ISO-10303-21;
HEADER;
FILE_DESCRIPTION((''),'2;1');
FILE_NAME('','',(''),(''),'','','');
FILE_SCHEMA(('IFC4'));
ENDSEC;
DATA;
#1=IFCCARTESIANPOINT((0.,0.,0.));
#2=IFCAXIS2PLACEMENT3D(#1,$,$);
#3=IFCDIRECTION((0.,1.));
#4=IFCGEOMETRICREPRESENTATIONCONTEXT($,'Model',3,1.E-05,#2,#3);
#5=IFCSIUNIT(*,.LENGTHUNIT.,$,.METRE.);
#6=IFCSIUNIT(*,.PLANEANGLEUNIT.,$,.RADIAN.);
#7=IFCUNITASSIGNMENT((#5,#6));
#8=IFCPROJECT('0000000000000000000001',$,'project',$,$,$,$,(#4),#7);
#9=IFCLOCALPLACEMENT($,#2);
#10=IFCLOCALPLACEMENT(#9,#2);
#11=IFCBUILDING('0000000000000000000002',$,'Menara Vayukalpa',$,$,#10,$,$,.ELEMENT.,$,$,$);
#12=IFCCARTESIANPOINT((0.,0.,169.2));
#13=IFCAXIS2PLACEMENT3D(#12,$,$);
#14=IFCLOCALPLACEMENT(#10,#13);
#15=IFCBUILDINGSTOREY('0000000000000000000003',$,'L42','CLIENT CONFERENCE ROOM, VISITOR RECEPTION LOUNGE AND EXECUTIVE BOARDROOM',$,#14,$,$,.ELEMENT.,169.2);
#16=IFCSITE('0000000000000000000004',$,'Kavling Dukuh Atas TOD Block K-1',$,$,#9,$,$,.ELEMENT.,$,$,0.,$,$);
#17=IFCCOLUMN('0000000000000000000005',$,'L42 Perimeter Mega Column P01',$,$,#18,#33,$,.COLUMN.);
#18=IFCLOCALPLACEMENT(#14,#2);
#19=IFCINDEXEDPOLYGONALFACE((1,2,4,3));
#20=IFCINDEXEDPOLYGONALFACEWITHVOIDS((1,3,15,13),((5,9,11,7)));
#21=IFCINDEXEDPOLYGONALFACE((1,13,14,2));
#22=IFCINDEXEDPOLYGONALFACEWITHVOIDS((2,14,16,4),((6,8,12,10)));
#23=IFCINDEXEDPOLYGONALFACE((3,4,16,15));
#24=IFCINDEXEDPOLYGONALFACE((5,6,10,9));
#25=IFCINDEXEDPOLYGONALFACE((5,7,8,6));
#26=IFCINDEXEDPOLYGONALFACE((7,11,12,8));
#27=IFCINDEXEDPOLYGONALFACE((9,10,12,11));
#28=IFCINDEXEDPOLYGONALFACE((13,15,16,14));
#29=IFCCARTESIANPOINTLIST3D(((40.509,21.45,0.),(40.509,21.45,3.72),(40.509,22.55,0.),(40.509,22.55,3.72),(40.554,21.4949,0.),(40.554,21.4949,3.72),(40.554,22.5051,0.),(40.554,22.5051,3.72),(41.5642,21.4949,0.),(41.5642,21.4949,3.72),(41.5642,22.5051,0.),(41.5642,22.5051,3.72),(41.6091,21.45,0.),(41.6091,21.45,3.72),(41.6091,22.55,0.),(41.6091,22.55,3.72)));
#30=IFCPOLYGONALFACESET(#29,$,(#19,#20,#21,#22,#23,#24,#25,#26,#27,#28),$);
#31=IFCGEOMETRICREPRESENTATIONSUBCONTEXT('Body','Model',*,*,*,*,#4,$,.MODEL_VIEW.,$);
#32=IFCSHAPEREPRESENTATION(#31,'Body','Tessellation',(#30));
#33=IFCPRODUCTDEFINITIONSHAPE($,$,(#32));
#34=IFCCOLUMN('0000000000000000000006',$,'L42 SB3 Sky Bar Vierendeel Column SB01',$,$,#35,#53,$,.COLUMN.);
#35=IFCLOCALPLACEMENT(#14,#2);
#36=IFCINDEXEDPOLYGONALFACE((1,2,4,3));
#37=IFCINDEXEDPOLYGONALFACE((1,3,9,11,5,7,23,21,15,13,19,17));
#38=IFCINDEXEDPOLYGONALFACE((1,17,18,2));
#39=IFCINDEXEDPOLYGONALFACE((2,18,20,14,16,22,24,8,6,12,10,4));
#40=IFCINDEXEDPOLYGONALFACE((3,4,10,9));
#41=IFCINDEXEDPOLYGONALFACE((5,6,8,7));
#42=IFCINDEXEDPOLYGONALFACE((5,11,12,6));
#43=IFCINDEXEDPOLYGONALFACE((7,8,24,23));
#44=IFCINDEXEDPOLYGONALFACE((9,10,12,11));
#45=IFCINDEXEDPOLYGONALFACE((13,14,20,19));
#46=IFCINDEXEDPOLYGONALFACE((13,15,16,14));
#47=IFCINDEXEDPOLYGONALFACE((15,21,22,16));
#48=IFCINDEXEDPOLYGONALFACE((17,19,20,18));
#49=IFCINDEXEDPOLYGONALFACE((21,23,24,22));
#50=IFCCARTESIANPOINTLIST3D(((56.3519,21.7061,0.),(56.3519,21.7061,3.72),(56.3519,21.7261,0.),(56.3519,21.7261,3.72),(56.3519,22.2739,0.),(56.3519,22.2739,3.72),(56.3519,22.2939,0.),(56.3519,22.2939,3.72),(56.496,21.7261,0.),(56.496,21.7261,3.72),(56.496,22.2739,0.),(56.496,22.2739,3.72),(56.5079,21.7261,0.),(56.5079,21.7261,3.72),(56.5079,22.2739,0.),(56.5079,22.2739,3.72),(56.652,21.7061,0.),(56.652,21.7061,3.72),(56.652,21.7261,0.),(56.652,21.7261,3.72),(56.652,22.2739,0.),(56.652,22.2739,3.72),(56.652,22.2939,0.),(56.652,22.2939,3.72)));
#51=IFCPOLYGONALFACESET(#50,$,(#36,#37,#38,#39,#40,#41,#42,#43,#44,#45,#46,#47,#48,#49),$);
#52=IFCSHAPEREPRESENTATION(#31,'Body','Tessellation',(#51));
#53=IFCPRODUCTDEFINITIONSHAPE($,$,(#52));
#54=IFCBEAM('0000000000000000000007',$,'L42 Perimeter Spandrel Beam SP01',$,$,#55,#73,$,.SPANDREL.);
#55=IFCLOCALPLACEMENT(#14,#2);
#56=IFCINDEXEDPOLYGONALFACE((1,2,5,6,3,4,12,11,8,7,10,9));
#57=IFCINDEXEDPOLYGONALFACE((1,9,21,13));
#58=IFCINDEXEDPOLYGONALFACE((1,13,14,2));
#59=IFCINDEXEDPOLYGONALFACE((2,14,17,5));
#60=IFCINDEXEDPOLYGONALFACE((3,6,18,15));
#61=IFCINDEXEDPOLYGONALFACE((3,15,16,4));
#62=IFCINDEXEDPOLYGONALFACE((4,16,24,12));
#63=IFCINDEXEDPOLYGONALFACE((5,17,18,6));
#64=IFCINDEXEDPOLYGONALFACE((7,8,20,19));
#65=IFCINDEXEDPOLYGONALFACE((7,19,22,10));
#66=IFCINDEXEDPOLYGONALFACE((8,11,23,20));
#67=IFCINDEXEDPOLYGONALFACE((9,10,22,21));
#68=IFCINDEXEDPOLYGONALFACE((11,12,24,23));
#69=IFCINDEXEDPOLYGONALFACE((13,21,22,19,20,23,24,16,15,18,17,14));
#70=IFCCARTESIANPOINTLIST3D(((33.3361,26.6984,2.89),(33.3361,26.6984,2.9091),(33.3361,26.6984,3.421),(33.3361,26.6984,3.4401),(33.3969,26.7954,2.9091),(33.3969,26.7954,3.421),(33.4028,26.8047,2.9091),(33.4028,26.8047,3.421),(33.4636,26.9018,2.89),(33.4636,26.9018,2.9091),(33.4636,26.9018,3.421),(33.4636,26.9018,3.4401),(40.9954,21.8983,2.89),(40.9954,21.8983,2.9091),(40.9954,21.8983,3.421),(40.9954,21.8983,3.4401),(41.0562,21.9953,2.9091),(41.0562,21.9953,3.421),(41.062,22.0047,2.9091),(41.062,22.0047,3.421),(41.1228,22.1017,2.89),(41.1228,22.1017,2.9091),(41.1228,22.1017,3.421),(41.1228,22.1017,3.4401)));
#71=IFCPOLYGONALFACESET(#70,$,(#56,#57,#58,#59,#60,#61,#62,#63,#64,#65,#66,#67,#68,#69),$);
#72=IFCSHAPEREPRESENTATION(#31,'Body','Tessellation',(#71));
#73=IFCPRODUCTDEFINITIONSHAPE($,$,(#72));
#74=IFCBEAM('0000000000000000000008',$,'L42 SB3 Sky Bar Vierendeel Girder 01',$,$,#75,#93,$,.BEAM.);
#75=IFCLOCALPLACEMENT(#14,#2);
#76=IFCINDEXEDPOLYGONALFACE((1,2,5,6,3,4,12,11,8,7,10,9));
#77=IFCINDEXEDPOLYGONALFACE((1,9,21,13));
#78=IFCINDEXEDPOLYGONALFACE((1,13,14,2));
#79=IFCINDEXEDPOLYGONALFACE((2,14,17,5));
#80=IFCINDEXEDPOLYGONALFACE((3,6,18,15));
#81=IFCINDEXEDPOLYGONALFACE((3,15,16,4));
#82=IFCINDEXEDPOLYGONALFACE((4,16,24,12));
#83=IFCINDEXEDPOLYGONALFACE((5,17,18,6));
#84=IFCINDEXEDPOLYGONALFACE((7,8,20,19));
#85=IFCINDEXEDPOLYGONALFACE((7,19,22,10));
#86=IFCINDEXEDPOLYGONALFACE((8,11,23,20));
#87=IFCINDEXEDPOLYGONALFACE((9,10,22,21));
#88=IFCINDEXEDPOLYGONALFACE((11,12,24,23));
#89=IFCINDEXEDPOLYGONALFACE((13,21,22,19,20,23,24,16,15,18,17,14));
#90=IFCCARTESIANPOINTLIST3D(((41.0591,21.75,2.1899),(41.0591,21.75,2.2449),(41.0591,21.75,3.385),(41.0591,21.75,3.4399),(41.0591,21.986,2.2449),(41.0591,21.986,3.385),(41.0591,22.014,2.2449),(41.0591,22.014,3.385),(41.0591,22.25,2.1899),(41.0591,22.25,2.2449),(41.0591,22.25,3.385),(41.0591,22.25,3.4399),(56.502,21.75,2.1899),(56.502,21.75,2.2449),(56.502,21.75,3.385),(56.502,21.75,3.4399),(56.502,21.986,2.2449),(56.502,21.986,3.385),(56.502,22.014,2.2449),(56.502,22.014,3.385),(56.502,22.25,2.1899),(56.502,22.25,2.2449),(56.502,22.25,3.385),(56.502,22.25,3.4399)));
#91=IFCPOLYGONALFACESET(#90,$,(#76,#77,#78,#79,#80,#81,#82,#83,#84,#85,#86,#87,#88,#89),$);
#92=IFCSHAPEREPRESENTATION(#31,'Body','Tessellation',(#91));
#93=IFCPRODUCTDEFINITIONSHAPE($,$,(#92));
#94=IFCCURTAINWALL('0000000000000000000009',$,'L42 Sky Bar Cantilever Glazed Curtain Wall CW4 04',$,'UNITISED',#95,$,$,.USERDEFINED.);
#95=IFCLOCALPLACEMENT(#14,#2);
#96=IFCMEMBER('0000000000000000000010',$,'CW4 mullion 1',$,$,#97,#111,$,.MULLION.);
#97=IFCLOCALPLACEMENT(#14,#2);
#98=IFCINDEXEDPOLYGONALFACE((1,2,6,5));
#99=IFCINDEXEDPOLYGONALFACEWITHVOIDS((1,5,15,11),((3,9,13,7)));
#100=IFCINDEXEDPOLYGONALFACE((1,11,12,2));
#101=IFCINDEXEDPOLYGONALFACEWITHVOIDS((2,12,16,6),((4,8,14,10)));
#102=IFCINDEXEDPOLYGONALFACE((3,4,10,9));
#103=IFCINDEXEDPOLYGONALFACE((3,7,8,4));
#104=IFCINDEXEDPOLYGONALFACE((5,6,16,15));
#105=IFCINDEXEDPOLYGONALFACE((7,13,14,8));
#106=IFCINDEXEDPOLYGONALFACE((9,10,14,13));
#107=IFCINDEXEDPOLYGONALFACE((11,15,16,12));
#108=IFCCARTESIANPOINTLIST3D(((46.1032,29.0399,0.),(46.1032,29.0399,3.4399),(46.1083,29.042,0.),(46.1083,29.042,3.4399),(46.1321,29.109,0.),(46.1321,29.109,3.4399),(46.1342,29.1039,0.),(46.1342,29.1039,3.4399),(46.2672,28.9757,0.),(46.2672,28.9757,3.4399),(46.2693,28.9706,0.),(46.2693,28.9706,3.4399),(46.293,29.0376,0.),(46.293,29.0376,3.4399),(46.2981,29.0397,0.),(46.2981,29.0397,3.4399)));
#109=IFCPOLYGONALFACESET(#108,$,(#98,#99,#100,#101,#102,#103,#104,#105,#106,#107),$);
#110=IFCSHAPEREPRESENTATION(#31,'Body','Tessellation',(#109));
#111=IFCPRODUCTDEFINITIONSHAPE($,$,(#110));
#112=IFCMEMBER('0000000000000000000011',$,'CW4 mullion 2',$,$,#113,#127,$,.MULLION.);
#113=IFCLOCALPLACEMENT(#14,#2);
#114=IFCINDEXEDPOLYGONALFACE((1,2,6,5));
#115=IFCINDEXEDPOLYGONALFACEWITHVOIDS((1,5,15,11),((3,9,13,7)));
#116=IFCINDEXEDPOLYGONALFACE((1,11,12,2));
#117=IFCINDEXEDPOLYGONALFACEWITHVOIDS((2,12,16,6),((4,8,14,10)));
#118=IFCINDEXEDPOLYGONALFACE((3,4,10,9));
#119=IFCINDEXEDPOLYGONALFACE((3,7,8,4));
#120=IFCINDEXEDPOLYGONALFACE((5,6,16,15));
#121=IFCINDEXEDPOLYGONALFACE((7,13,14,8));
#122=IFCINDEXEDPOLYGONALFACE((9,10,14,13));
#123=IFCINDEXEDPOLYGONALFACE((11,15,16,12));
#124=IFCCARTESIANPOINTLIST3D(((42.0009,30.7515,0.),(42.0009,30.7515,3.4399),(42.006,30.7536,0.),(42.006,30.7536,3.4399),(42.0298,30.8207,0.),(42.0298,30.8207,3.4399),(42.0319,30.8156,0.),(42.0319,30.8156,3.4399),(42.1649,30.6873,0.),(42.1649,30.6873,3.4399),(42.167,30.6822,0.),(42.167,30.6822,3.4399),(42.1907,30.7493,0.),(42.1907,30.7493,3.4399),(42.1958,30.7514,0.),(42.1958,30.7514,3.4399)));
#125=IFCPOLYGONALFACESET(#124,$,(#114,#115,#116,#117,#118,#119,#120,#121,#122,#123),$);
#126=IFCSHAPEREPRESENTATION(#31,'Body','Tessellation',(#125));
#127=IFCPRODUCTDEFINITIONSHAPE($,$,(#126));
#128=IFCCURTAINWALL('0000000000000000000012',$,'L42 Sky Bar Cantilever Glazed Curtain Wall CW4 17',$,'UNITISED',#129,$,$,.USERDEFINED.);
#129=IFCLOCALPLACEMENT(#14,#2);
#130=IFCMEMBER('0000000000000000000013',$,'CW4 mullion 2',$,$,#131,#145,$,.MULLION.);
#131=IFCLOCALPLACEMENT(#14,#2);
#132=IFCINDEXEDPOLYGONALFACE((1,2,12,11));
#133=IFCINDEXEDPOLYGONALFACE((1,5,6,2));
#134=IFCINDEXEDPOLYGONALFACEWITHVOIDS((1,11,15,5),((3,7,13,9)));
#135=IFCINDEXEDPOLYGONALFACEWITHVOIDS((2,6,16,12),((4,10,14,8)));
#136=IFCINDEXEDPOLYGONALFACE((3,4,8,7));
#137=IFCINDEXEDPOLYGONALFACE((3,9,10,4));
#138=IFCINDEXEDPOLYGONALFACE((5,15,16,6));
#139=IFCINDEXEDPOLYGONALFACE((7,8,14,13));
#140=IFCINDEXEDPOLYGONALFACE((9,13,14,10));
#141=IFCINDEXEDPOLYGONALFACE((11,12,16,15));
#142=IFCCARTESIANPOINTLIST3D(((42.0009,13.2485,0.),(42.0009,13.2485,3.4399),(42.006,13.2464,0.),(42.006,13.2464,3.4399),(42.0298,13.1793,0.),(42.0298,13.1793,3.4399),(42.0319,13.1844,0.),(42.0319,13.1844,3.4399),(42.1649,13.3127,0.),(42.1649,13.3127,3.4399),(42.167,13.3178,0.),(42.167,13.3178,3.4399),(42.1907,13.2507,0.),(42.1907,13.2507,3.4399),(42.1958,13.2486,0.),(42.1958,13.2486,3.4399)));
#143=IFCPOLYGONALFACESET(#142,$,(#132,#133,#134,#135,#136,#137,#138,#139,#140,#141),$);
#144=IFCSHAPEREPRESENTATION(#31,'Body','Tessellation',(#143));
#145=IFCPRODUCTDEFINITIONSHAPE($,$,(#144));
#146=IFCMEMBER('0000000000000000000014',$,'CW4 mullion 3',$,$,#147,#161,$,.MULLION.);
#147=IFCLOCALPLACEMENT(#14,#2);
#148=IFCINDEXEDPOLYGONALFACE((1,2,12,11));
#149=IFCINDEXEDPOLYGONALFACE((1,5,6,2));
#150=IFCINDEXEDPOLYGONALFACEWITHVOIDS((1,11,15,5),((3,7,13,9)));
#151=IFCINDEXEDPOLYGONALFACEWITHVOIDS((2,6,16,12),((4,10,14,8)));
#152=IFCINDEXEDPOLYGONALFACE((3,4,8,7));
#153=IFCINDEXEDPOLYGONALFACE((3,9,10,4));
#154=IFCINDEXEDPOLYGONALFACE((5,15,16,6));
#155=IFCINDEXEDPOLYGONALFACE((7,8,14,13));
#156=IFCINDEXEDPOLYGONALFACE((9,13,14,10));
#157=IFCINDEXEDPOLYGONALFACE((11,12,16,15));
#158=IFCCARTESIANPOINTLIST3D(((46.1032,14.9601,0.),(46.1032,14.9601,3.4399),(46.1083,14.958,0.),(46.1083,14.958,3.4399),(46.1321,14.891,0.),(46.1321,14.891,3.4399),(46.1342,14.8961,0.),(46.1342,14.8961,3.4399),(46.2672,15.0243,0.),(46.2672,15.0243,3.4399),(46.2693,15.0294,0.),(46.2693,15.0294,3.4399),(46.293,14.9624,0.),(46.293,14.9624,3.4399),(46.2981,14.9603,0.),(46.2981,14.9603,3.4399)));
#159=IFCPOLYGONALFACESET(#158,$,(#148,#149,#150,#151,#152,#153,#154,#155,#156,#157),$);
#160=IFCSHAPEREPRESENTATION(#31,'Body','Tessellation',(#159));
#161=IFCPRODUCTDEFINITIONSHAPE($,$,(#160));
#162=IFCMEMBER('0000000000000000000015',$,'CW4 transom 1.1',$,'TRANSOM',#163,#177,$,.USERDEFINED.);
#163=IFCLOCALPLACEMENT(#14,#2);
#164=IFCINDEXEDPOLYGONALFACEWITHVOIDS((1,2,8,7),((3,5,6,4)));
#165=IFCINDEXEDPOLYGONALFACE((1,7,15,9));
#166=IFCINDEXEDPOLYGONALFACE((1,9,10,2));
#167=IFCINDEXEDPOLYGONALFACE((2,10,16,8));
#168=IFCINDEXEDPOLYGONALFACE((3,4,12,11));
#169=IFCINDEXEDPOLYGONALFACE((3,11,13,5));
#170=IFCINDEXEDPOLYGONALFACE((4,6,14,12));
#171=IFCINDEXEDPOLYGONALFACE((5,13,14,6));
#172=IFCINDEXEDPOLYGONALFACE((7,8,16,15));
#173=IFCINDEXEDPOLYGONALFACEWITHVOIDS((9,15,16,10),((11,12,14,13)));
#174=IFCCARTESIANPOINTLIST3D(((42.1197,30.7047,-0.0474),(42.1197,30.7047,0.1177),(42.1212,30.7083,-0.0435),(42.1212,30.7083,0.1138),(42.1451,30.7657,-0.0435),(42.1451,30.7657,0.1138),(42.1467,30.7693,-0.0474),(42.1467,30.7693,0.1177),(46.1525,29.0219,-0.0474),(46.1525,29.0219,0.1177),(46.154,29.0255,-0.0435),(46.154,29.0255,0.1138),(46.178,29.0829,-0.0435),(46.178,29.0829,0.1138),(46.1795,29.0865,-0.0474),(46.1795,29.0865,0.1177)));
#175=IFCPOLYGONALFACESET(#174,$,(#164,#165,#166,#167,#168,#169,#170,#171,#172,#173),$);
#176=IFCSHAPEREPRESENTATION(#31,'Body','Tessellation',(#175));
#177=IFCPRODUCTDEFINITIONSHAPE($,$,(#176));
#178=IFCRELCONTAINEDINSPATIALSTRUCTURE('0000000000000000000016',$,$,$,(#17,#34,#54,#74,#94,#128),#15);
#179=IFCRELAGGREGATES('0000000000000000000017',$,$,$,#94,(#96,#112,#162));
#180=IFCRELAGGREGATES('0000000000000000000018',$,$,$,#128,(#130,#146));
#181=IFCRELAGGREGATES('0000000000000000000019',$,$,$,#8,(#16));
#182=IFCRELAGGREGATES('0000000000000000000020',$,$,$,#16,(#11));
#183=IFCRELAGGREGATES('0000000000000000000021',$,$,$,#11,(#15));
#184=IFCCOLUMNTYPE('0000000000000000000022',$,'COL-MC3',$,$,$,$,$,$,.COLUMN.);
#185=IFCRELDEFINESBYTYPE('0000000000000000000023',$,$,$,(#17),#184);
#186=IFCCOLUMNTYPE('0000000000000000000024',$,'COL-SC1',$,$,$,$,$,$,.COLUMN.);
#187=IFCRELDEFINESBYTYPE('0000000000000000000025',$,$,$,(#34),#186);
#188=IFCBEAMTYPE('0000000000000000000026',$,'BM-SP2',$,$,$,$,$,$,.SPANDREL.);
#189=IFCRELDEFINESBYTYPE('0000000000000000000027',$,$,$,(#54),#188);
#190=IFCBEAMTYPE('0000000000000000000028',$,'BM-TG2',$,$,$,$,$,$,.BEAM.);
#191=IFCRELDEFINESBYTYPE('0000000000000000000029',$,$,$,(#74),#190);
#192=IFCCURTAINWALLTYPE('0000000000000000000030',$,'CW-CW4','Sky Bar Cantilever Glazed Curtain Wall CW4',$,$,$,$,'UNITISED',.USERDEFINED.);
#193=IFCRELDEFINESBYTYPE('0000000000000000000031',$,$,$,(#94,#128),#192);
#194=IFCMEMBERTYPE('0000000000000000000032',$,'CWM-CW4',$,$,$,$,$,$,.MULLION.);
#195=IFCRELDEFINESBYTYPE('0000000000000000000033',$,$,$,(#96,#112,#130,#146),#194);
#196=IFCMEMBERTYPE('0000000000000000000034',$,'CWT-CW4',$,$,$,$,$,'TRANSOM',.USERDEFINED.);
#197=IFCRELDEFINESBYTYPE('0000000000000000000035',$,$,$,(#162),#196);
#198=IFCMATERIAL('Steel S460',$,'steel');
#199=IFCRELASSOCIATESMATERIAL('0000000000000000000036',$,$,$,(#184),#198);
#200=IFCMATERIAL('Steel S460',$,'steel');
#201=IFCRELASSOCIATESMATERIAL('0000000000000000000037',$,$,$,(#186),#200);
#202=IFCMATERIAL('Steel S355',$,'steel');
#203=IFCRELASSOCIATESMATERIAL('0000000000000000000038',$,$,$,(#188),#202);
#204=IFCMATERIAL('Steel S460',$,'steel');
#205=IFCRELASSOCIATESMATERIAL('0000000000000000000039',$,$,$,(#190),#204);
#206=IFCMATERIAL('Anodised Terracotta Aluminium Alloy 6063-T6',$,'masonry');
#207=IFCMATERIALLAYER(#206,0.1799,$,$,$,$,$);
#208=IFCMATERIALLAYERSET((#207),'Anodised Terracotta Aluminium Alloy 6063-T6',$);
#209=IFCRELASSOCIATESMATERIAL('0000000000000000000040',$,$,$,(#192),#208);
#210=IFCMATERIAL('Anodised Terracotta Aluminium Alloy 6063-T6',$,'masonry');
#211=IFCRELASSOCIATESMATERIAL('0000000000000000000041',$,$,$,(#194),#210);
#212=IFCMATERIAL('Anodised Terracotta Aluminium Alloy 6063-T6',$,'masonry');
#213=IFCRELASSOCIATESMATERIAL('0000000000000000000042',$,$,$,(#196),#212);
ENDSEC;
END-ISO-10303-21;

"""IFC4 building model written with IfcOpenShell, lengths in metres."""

from ifc_helpers import new_model, si_unit, direction, frame, origin, origin_2d, place, context, subcontext, project, spatial, hollow_rectangle, i_section, extrude, material, layer, layer_set, material_profile, profile_set, type_object, element, aggregate, save


model = new_model("IFC4")

# Units and contexts
model_context = context("Model", 3, precision=1e-05, world=origin(), true_north=direction((0.0, 1.0)))
body_context = subcontext(model_context, "Body", "Model", "MODEL_VIEW")
ifc_project = project(units=[si_unit("LENGTHUNIT", "METRE"), si_unit("PLANEANGLEUNIT", "RADIAN")], contexts=[model_context])

# Site, building, storey
site_placement = place(None, origin())
site = spatial("IfcSite", under=ifc_project, at=site_placement, Name="Kavling Dukuh Atas TOD Block K-1", CompositionType="ELEMENT", RefElevation=0.0)
building_placement = place(site_placement, origin())
building = spatial("IfcBuilding", under=site, at=building_placement, Name="Menara Vayukalpa", CompositionType="ELEMENT")
storey_placement = place(building_placement, frame((0.0, 0.0, 169.2)))
storey = spatial("IfcBuildingStorey", under=building, at=storey_placement, Name="L42", Description="CLIENT CONFERENCE ROOM, VISITOR RECEPTION LOUNGE AND EXECUTIVE BOARDROOM", CompositionType="ELEMENT", Elevation=169.2)

# Columns
ifc_material_1 = material(Name="Steel S460", Category="steel")
ifc_material_profile_1 = material_profile(ifc_material_1, hollow_rectangle(XDim=1.1001, YDim=1.1001, WallThickness=0.0449, at=origin_2d()), Name="BOX 1100x1100x45")
ifc_profile_set_1 = profile_set([ifc_material_profile_1], Name="Steel S460")
column_type_1 = type_object("IfcColumnType", Name="COL-MC3", PredefinedType="COLUMN", material=ifc_profile_set_1)
column_1_placement = place(storey_placement, frame((41.0591, 22.0, 0.0), z_axis=(0.0, 0.0, 1.0), x_axis=(1.0, 0.0, 0.0)))
element("IfcColumn", 1, at=column_1_placement, inside=storey, type_object=column_type_1, Name="L42 Perimeter Mega Column P01", PredefinedType="COLUMN", context=body_context, shape_type="SweptSolid", body=[
    extrude(hollow_rectangle(XDim=1.1001, YDim=1.1001, WallThickness=0.0449, at=origin_2d()), origin(), (0.0, 0.0, 1.0), 3.72),
])
ifc_material_2 = material(Name="Steel S460", Category="steel")
ifc_material_profile_2 = material_profile(ifc_material_2, i_section(OverallWidth=0.3, OverallDepth=0.5879, WebThickness=0.012, FlangeThickness=0.02, at=origin_2d()), Name="H 588x300x12x20")
ifc_profile_set_2 = profile_set([ifc_material_profile_2], Name="Steel S460")
column_type_2 = type_object("IfcColumnType", Name="COL-SC1", PredefinedType="COLUMN", material=ifc_profile_set_2)
column_2_placement = place(storey_placement, frame((56.502, 22.0, 0.0), z_axis=(0.0, 0.0, 1.0), x_axis=(1.0, 0.0, 0.0)))
element("IfcColumn", 2, at=column_2_placement, inside=storey, type_object=column_type_2, Name="L42 SB3 Sky Bar Vierendeel Column SB01", PredefinedType="COLUMN", context=body_context, shape_type="SweptSolid", body=[
    extrude(i_section(OverallWidth=0.3, OverallDepth=0.5879, WebThickness=0.012, FlangeThickness=0.02, at=origin_2d()), origin(), (0.0, 0.0, 1.0), 3.72),
])

# Beams
ifc_material_3 = material(Name="Steel S355", Category="steel")
ifc_material_profile_3 = material_profile(ifc_material_3, i_section(OverallWidth=0.24, OverallDepth=0.55, WebThickness=0.011, FlangeThickness=0.019, at=origin_2d()), Name="WF 550x240x11x19")
ifc_profile_set_3 = profile_set([ifc_material_profile_3], Name="Steel S355")
beam_type_1 = type_object("IfcBeamType", Name="BM-SP2", PredefinedType="SPANDREL", material=ifc_profile_set_3)
beam_1_placement = place(storey_placement, frame((41.0591, 22.0, 3.165), z_axis=(-0.847348, 0.531038, 0.0), x_axis=(-0.531038, -0.847348, 0.0)))
element("IfcBeam", 3, at=beam_1_placement, inside=storey, type_object=beam_type_1, Name="L42 Perimeter Spandrel Beam SP01", PredefinedType="SPANDREL", context=body_context, shape_type="SweptSolid", body=[
    extrude(i_section(OverallWidth=0.24, OverallDepth=0.55, WebThickness=0.011, FlangeThickness=0.019, at=origin_2d()), origin(), (0.0, 0.0, 1.0), 9.0391),
])
ifc_material_4 = material(Name="Steel S460", Category="steel")
ifc_material_profile_4 = material_profile(ifc_material_4, i_section(OverallWidth=0.5, OverallDepth=1.25, WebThickness=0.0281, FlangeThickness=0.0549, at=origin_2d()), Name="WG 1250x500x28x55")
ifc_profile_set_4 = profile_set([ifc_material_profile_4], Name="Steel S460")
beam_type_2 = type_object("IfcBeamType", Name="BM-TG2", PredefinedType="BEAM", material=ifc_profile_set_4)
beam_2_placement = place(storey_placement, frame((41.0591, 22.0, 2.8149), z_axis=(1.0, 0.0, 0.0), x_axis=(0.0, 1.0, 0.0)))
element("IfcBeam", 4, at=beam_2_placement, inside=storey, type_object=beam_type_2, Name="L42 SB3 Sky Bar Vierendeel Girder 01", PredefinedType="BEAM", context=body_context, shape_type="SweptSolid", body=[
    extrude(i_section(OverallWidth=0.5, OverallDepth=1.25, WebThickness=0.0281, FlangeThickness=0.0549, at=origin_2d()), origin(), (0.0, 0.0, 1.0), 15.4429),
])

# Curtain walls, members
ifc_material_5 = material(Name="Anodised Terracotta Aluminium Alloy 6063-T6", Category="masonry")
ifc_layer_1 = layer(ifc_material_5, 0.1799)
ifc_layer_set_1 = layer_set([ifc_layer_1], Name="Anodised Terracotta Aluminium Alloy 6063-T6")
curtain_wall_type = type_object("IfcCurtainWallType", Name="CW-CW4", Description="Sky Bar Cantilever Glazed Curtain Wall CW4", ElementType="UNITISED", PredefinedType="USERDEFINED", material=ifc_layer_set_1)
curtain_wall_1_placement = place(storey_placement, origin())
curtain_wall_1 = element("IfcCurtainWall", 5, at=curtain_wall_1_placement, inside=storey, type_object=curtain_wall_type, Name="L42 Sky Bar Cantilever Glazed Curtain Wall CW4 04", ObjectType="UNITISED", PredefinedType="USERDEFINED")
ifc_material_6 = material(Name="Anodised Terracotta Aluminium Alloy 6063-T6", Category="masonry")
ifc_material_profile_5 = material_profile(ifc_material_6, hollow_rectangle(XDim=0.075, YDim=0.1799, WallThickness=0.0039, at=origin_2d()), Name="ALU 75x180x4")
ifc_profile_set_5 = profile_set([ifc_material_profile_5], Name="Anodised Terracotta Aluminium Alloy 6063-T6")
member_type_1 = type_object("IfcMemberType", Name="CWM-CW4", PredefinedType="MULLION", material=ifc_profile_set_5)
member_1_placement = place(storey_placement, frame((46.2007, 29.0398, 0.0), z_axis=(0.0, 0.0, 1.0), x_axis=(-0.385091, -0.922878, 0.0)))
member_1 = element("IfcMember", 6, at=member_1_placement, type_object=member_type_1, Name="CW4 mullion 1", PredefinedType="MULLION", context=body_context, shape_type="SweptSolid", body=[
    extrude(hollow_rectangle(XDim=0.075, YDim=0.1799, WallThickness=0.0039, at=origin_2d()), origin(), (0.0, 0.0, 1.0), 3.4399),
])
member_2_placement = place(storey_placement, frame((42.0984, 30.7515, 0.0), z_axis=(0.0, 0.0, 1.0), x_axis=(-0.385091, -0.922878, 0.0)))
member_2 = element("IfcMember", 7, at=member_2_placement, type_object=member_type_1, Name="CW4 mullion 2", PredefinedType="MULLION", context=body_context, shape_type="SweptSolid", body=[
    extrude(hollow_rectangle(XDim=0.075, YDim=0.1799, WallThickness=0.0039, at=origin_2d()), origin(), (0.0, 0.0, 1.0), 3.4399),
])
curtain_wall_2_placement = place(storey_placement, origin())
curtain_wall_2 = element("IfcCurtainWall", 8, at=curtain_wall_2_placement, inside=storey, type_object=curtain_wall_type, Name="L42 Sky Bar Cantilever Glazed Curtain Wall CW4 17", ObjectType="UNITISED", PredefinedType="USERDEFINED")
member_3_placement = place(storey_placement, frame((42.0984, 13.2485, 0.0), z_axis=(0.0, 0.0, 1.0), x_axis=(-0.385091, 0.922878, 0.0)))
member_3 = element("IfcMember", 9, at=member_3_placement, type_object=member_type_1, Name="CW4 mullion 2", PredefinedType="MULLION", context=body_context, shape_type="SweptSolid", body=[
    extrude(hollow_rectangle(XDim=0.075, YDim=0.1799, WallThickness=0.0039, at=origin_2d()), origin(), (0.0, 0.0, 1.0), 3.4399),
])
member_4_placement = place(storey_placement, frame((46.2007, 14.9602, 0.0), z_axis=(0.0, 0.0, 1.0), x_axis=(-0.385091, 0.922878, 0.0)))
member_4 = element("IfcMember", 10, at=member_4_placement, type_object=member_type_1, Name="CW4 mullion 3", PredefinedType="MULLION", context=body_context, shape_type="SweptSolid", body=[
    extrude(hollow_rectangle(XDim=0.075, YDim=0.1799, WallThickness=0.0039, at=origin_2d()), origin(), (0.0, 0.0, 1.0), 3.4399),
])

# Member
ifc_material_7 = material(Name="Anodised Terracotta Aluminium Alloy 6063-T6", Category="masonry")
ifc_material_profile_6 = material_profile(ifc_material_7, hollow_rectangle(XDim=0.0701, YDim=0.165, WallThickness=0.0039, at=origin_2d()), Name="ALU 70x165x4")
ifc_profile_set_6 = profile_set([ifc_material_profile_6], Name="Anodised Terracotta Aluminium Alloy 6063-T6")
member_type_2 = type_object("IfcMemberType", Name="CWT-CW4", ElementType="TRANSOM", PredefinedType="USERDEFINED", material=ifc_profile_set_6)
member_5_placement = place(storey_placement, frame((46.166, 29.0542, 0.0352), z_axis=(-0.922877, 0.385095, 0.0), x_axis=(-0.385095, -0.922877, 0.0)))
member_5 = element("IfcMember", 11, at=member_5_placement, type_object=member_type_2, Name="CW4 transom 1.1", ObjectType="TRANSOM", PredefinedType="USERDEFINED", context=body_context, shape_type="SweptSolid", body=[
    extrude(hollow_rectangle(XDim=0.0701, YDim=0.165, WallThickness=0.0039, at=origin_2d()), origin(), (0.0, 0.0, 1.0), 4.3699),
])

aggregate(curtain_wall_1, [member_1, member_2, member_5])
aggregate(curtain_wall_2, [member_3, member_4])

save(model, "model.ifc")
